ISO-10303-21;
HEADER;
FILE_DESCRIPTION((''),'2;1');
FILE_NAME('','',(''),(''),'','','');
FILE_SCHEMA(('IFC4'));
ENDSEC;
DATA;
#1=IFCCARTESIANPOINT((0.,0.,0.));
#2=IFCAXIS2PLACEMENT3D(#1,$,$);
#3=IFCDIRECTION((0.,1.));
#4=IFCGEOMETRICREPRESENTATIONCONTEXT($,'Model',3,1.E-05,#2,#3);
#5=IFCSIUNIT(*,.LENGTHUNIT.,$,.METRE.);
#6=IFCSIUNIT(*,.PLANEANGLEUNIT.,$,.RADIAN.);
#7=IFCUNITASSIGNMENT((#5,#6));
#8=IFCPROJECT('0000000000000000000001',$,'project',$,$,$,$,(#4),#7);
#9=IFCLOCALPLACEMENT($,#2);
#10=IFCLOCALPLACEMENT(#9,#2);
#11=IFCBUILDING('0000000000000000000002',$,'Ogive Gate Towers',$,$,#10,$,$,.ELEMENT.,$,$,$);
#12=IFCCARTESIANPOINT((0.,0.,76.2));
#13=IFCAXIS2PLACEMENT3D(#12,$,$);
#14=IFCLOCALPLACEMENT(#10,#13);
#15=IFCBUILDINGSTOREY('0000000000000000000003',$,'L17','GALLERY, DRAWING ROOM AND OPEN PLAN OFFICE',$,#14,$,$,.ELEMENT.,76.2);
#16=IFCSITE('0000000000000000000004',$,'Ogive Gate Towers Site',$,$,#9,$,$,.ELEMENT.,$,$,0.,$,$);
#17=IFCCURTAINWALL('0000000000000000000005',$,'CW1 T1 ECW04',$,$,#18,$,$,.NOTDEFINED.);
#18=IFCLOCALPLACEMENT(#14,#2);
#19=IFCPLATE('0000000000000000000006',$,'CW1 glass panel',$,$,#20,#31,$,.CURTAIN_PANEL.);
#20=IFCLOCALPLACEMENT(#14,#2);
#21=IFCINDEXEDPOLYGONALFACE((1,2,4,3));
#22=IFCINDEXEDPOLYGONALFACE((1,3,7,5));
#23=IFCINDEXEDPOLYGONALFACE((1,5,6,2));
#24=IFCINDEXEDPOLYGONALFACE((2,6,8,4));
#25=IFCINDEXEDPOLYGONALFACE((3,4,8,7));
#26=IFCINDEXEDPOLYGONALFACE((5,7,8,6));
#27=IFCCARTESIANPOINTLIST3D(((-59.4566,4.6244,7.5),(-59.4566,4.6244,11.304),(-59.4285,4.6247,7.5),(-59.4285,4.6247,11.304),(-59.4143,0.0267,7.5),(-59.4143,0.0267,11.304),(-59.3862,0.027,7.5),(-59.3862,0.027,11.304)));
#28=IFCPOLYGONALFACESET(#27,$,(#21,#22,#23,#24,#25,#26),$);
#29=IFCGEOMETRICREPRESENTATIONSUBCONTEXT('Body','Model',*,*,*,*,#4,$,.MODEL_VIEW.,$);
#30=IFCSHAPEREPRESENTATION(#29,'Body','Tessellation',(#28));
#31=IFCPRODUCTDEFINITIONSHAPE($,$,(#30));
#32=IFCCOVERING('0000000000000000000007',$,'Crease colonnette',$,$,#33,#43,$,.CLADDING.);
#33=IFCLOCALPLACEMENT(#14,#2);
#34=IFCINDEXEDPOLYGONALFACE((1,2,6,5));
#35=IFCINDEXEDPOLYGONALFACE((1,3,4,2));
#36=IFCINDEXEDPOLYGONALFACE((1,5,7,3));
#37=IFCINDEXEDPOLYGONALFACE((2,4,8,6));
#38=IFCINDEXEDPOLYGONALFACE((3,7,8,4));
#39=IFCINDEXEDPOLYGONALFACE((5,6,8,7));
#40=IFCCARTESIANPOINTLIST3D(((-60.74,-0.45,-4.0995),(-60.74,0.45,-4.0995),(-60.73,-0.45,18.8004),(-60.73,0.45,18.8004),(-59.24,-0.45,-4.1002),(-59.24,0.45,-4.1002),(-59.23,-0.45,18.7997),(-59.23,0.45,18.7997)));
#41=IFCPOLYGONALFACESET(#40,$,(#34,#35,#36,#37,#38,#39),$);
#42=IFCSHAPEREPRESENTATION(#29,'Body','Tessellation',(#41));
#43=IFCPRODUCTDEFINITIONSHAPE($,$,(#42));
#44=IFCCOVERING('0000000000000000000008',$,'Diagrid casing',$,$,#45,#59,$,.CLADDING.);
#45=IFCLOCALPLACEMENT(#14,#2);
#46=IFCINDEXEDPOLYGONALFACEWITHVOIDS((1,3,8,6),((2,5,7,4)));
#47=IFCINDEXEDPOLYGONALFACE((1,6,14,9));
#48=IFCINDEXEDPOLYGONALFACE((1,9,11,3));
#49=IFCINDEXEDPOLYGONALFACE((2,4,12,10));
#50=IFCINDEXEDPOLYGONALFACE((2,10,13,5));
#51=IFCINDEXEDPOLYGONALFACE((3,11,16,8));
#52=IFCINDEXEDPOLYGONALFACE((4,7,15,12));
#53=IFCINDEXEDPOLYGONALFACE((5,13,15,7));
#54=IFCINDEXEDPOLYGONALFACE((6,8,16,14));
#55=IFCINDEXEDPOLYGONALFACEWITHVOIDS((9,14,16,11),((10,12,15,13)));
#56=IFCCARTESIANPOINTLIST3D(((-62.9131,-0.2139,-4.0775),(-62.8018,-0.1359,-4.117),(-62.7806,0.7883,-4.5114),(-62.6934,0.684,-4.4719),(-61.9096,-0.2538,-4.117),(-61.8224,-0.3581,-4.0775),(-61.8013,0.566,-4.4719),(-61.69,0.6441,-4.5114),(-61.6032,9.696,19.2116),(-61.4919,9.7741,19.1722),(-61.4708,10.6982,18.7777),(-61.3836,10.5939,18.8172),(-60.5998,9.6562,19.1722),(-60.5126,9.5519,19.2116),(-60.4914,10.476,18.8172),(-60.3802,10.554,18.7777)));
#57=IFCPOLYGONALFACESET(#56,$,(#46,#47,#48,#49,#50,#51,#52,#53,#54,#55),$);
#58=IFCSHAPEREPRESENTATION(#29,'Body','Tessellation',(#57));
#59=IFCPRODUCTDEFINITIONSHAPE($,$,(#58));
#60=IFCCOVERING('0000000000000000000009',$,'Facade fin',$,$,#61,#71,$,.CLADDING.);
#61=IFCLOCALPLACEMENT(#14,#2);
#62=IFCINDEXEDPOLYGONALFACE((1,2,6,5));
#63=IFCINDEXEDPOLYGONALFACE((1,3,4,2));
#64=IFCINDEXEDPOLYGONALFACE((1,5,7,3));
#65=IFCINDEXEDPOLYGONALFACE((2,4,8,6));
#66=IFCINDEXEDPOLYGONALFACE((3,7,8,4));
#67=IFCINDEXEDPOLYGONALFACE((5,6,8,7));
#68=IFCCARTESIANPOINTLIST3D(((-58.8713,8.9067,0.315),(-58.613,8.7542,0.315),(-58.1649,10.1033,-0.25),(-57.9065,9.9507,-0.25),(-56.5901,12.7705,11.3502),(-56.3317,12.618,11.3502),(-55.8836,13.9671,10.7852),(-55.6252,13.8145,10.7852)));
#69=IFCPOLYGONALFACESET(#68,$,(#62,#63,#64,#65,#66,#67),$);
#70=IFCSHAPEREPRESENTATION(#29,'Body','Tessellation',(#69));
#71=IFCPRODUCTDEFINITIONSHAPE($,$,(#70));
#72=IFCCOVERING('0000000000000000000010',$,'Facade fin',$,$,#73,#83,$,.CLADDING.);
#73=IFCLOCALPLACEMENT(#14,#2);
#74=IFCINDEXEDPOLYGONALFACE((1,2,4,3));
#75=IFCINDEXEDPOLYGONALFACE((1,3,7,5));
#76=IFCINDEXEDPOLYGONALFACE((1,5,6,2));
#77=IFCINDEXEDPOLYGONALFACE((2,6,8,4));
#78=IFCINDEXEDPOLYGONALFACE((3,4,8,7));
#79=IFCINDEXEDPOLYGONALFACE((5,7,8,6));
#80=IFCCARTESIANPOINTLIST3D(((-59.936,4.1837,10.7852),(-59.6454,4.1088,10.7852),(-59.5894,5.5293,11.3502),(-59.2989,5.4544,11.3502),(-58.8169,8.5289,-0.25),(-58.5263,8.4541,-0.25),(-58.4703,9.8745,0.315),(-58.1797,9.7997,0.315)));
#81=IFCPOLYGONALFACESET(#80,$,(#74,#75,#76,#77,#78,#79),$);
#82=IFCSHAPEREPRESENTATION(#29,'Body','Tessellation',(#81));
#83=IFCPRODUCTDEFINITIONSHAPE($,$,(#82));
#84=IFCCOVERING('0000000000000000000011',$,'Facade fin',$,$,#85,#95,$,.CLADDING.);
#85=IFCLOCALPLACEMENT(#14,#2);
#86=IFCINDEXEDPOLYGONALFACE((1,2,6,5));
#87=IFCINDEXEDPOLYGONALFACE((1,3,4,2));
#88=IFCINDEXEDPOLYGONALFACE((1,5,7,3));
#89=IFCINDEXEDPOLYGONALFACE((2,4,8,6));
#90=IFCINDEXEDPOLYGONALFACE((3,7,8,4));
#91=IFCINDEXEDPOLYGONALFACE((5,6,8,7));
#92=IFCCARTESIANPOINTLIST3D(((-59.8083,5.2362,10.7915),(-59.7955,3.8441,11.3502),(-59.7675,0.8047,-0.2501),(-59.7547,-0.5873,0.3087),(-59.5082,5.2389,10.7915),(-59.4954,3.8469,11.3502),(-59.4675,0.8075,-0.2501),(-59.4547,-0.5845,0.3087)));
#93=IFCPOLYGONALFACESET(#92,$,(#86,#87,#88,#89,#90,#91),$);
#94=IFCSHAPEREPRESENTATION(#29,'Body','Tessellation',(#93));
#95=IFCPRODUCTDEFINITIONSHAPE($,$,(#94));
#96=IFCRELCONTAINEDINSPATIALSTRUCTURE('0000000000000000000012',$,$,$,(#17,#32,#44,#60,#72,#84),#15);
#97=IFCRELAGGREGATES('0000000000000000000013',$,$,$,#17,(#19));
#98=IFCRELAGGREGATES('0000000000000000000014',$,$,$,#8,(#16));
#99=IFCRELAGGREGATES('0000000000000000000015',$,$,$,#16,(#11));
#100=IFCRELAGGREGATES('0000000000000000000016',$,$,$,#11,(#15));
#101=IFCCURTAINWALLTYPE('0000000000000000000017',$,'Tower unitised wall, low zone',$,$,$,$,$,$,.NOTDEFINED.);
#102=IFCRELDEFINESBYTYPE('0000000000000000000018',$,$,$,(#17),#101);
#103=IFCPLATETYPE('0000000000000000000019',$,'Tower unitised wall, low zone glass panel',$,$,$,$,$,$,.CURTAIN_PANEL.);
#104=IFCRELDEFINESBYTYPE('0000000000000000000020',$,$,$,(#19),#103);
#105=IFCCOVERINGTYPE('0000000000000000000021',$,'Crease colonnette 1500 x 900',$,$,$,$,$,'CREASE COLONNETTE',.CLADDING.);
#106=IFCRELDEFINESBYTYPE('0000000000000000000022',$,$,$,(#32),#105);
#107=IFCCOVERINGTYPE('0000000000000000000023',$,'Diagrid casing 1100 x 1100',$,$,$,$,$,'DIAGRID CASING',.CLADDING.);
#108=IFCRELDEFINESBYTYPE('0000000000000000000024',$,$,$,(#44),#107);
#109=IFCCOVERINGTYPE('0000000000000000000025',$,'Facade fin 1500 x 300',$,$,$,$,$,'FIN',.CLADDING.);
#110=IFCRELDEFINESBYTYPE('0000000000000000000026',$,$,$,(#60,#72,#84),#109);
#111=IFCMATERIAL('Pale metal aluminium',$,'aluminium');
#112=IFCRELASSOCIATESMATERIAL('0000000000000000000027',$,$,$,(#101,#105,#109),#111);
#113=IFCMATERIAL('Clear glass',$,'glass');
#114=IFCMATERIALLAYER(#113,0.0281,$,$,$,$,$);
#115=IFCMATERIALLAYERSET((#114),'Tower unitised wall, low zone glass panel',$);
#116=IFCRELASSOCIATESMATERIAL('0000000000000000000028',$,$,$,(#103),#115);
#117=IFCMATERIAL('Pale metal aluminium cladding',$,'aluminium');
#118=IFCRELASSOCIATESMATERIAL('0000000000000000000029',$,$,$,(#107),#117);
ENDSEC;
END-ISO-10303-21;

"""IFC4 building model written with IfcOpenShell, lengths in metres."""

from ifc_helpers import new_model, si_unit, direction, frame, origin, origin_2d, place, context, subcontext, project, spatial, rectangle, hollow_rectangle, extrude, material, layer, layer_set, material_profile, profile_set, type_object, element, aggregate, save


model = new_model("IFC4")

# Units and contexts
model_context = context("Model", 3, precision=1e-05, world=origin(), true_north=direction((0.0, 1.0)))
body_context = subcontext(model_context, "Body", "Model", "MODEL_VIEW")
ifc_project = project(units=[si_unit("LENGTHUNIT", "METRE"), si_unit("PLANEANGLEUNIT", "RADIAN")], contexts=[model_context])

# Site, building, storey
site_placement = place(None, origin())
site = spatial("IfcSite", under=ifc_project, at=site_placement, Name="Ogive Gate Towers Site", CompositionType="ELEMENT", RefElevation=0.0)
building_placement = place(site_placement, origin())
building = spatial("IfcBuilding", under=site, at=building_placement, Name="Ogive Gate Towers", CompositionType="ELEMENT")
storey_placement = place(building_placement, frame((0.0, 0.0, 76.2)))
storey = spatial("IfcBuildingStorey", under=building, at=storey_placement, Name="L17", Description="GALLERY, DRAWING ROOM AND OPEN PLAN OFFICE", CompositionType="ELEMENT", Elevation=76.2)

# Curtain wall, plate
ifc_material_1 = material(Name="Pale metal aluminium", Category="aluminium")
curtain_wall_type = type_object("IfcCurtainWallType", Name="Tower unitised wall, low zone", PredefinedType="NOTDEFINED", material=ifc_material_1)
curtain_wall_placement = place(storey_placement, origin())
curtain_wall = element("IfcCurtainWall", 1, at=curtain_wall_placement, inside=storey, type_object=curtain_wall_type, Name="CW1 T1 ECW04", PredefinedType="NOTDEFINED")
ifc_material_2 = material(Name="Clear glass", Category="glass")
ifc_layer = layer(ifc_material_2, 0.0281)
ifc_layer_set = layer_set([ifc_layer], Name="Tower unitised wall, low zone glass panel")
plate_type = type_object("IfcPlateType", Name="Tower unitised wall, low zone glass panel", PredefinedType="CURTAIN_PANEL", material=ifc_layer_set)
plate_1_placement = place(storey_placement, frame((-59.4214, 2.3257, 7.5), z_axis=(0.0, 0.0, 1.0), x_axis=(0.009198, -0.999958, 0.0)))
plate_1 = element("IfcPlate", 2, at=plate_1_placement, type_object=plate_type, Name="CW1 glass panel", PredefinedType="CURTAIN_PANEL", context=body_context, shape_type="SweptSolid", body=[
    extrude(rectangle(XDim=4.5979, YDim=0.0281, at=origin_2d()), origin(), (0.0, 0.0, 1.0), 3.804),
])
aggregate(curtain_wall, [plate_1])

# Coverings
ifc_material_profile_1 = material_profile(ifc_material_1, rectangle(XDim=1.5, YDim=0.8999, at=origin_2d()), Name="1500 x 900 pale metal aluminium")
ifc_profile_set_1 = profile_set([ifc_material_profile_1], Name="Pale metal aluminium")
covering_type_1 = type_object("IfcCoveringType", Name="Crease colonnette 1500 x 900", ElementType="CREASE COLONNETTE", PredefinedType="CLADDING", material=ifc_profile_set_1)
covering_1_placement = place(storey_placement, frame((-59.99, 0.0, -4.0999), z_axis=(0.000437, 0.0, 1.0), x_axis=(1.0, 0.0, 0.0)))
element("IfcCovering", 3, at=covering_1_placement, inside=storey, type_object=covering_type_1, Name="Crease colonnette", PredefinedType="CLADDING", context=body_context, shape_type="SweptSolid", body=[
    extrude(rectangle(XDim=1.5, YDim=0.8999, at=origin_2d()), origin(), (0.0, 0.0, 1.0), 22.8999),
])
ifc_material_3 = material(Name="Pale metal aluminium cladding", Category="aluminium")
ifc_material_profile_2 = material_profile(ifc_material_3, hollow_rectangle(XDim=1.1001, YDim=1.1001, WallThickness=0.1001, at=origin_2d()), Name="1100 x 1100 pale metal casing")
ifc_profile_set_2 = profile_set([ifc_material_profile_2], Name="Pale metal aluminium cladding")
covering_type_2 = type_object("IfcCoveringType", Name="Diagrid casing 1100 x 1100", ElementType="DIAGRID CASING", PredefinedType="CLADDING", material=ifc_profile_set_2)
covering_2_placement = place(storey_placement, frame((-62.3015, 0.2151, -4.2944), z_axis=(0.051682, 0.391021, 0.91893), x_axis=(-0.991378, 0.131033, 0.0)))
element("IfcCovering", 4, at=covering_2_placement, inside=storey, type_object=covering_type_2, Name="Diagrid casing", PredefinedType="CLADDING", context=body_context, shape_type="SweptSolid", body=[
    extrude(hollow_rectangle(XDim=1.1001, YDim=1.1001, WallThickness=0.1001, at=origin_2d()), origin(), (0.0, 0.0, 1.0), 25.3438),
])
ifc_material_profile_3 = material_profile(ifc_material_1, rectangle(XDim=0.3, YDim=1.5, at=origin_2d()), Name="1500 x 300 pale metal aluminium")
ifc_profile_set_3 = profile_set([ifc_material_profile_3], Name="Pale metal aluminium")
covering_type_3 = type_object("IfcCoveringType", Name="Facade fin 1500 x 300", ElementType="FIN", PredefinedType="CLADDING", material=ifc_profile_set_3)
for number, where, z_axis, x_axis, name in (
    (5, (-58.3889, 9.4287, 0.0325), (0.191501, 0.324346, 0.926352), (-0.861111, 0.508418, 0.0), "Facade fin"),
    (6, (-58.4983, 9.1643, 0.0325), (-0.093947, -0.36476, 0.92635), (0.968396, -0.249417, 0.0), "Facade fin"),
):
    element("IfcCovering", number, at=place(storey_placement, frame(where, z_axis=z_axis, x_axis=x_axis)), inside=storey, type_object=covering_type_3, Name=name, PredefinedType="CLADDING", context=body_context, shape_type="SweptSolid", body=[
        extrude(rectangle(XDim=0.3, YDim=1.5, at=origin_2d()), origin(), (0.0, 0.0, 1.0), 11.9126),
    ])
covering_3_placement = place(storey_placement, frame((-59.6111, 0.1101, 0.0293), z_axis=(-0.003427, 0.37246, 0.928042), x_axis=(-0.999958, -0.0092, 0.0)))
element("IfcCovering", 7, at=covering_3_placement, inside=storey, type_object=covering_type_3, Name="Facade fin", PredefinedType="CLADDING", context=body_context, shape_type="SweptSolid", body=[
    extrude(rectangle(XDim=0.3, YDim=1.5, at=origin_2d()), origin(), (0.0, 0.0, 1.0), 11.8977),
])

save(model, "model.ifc")
